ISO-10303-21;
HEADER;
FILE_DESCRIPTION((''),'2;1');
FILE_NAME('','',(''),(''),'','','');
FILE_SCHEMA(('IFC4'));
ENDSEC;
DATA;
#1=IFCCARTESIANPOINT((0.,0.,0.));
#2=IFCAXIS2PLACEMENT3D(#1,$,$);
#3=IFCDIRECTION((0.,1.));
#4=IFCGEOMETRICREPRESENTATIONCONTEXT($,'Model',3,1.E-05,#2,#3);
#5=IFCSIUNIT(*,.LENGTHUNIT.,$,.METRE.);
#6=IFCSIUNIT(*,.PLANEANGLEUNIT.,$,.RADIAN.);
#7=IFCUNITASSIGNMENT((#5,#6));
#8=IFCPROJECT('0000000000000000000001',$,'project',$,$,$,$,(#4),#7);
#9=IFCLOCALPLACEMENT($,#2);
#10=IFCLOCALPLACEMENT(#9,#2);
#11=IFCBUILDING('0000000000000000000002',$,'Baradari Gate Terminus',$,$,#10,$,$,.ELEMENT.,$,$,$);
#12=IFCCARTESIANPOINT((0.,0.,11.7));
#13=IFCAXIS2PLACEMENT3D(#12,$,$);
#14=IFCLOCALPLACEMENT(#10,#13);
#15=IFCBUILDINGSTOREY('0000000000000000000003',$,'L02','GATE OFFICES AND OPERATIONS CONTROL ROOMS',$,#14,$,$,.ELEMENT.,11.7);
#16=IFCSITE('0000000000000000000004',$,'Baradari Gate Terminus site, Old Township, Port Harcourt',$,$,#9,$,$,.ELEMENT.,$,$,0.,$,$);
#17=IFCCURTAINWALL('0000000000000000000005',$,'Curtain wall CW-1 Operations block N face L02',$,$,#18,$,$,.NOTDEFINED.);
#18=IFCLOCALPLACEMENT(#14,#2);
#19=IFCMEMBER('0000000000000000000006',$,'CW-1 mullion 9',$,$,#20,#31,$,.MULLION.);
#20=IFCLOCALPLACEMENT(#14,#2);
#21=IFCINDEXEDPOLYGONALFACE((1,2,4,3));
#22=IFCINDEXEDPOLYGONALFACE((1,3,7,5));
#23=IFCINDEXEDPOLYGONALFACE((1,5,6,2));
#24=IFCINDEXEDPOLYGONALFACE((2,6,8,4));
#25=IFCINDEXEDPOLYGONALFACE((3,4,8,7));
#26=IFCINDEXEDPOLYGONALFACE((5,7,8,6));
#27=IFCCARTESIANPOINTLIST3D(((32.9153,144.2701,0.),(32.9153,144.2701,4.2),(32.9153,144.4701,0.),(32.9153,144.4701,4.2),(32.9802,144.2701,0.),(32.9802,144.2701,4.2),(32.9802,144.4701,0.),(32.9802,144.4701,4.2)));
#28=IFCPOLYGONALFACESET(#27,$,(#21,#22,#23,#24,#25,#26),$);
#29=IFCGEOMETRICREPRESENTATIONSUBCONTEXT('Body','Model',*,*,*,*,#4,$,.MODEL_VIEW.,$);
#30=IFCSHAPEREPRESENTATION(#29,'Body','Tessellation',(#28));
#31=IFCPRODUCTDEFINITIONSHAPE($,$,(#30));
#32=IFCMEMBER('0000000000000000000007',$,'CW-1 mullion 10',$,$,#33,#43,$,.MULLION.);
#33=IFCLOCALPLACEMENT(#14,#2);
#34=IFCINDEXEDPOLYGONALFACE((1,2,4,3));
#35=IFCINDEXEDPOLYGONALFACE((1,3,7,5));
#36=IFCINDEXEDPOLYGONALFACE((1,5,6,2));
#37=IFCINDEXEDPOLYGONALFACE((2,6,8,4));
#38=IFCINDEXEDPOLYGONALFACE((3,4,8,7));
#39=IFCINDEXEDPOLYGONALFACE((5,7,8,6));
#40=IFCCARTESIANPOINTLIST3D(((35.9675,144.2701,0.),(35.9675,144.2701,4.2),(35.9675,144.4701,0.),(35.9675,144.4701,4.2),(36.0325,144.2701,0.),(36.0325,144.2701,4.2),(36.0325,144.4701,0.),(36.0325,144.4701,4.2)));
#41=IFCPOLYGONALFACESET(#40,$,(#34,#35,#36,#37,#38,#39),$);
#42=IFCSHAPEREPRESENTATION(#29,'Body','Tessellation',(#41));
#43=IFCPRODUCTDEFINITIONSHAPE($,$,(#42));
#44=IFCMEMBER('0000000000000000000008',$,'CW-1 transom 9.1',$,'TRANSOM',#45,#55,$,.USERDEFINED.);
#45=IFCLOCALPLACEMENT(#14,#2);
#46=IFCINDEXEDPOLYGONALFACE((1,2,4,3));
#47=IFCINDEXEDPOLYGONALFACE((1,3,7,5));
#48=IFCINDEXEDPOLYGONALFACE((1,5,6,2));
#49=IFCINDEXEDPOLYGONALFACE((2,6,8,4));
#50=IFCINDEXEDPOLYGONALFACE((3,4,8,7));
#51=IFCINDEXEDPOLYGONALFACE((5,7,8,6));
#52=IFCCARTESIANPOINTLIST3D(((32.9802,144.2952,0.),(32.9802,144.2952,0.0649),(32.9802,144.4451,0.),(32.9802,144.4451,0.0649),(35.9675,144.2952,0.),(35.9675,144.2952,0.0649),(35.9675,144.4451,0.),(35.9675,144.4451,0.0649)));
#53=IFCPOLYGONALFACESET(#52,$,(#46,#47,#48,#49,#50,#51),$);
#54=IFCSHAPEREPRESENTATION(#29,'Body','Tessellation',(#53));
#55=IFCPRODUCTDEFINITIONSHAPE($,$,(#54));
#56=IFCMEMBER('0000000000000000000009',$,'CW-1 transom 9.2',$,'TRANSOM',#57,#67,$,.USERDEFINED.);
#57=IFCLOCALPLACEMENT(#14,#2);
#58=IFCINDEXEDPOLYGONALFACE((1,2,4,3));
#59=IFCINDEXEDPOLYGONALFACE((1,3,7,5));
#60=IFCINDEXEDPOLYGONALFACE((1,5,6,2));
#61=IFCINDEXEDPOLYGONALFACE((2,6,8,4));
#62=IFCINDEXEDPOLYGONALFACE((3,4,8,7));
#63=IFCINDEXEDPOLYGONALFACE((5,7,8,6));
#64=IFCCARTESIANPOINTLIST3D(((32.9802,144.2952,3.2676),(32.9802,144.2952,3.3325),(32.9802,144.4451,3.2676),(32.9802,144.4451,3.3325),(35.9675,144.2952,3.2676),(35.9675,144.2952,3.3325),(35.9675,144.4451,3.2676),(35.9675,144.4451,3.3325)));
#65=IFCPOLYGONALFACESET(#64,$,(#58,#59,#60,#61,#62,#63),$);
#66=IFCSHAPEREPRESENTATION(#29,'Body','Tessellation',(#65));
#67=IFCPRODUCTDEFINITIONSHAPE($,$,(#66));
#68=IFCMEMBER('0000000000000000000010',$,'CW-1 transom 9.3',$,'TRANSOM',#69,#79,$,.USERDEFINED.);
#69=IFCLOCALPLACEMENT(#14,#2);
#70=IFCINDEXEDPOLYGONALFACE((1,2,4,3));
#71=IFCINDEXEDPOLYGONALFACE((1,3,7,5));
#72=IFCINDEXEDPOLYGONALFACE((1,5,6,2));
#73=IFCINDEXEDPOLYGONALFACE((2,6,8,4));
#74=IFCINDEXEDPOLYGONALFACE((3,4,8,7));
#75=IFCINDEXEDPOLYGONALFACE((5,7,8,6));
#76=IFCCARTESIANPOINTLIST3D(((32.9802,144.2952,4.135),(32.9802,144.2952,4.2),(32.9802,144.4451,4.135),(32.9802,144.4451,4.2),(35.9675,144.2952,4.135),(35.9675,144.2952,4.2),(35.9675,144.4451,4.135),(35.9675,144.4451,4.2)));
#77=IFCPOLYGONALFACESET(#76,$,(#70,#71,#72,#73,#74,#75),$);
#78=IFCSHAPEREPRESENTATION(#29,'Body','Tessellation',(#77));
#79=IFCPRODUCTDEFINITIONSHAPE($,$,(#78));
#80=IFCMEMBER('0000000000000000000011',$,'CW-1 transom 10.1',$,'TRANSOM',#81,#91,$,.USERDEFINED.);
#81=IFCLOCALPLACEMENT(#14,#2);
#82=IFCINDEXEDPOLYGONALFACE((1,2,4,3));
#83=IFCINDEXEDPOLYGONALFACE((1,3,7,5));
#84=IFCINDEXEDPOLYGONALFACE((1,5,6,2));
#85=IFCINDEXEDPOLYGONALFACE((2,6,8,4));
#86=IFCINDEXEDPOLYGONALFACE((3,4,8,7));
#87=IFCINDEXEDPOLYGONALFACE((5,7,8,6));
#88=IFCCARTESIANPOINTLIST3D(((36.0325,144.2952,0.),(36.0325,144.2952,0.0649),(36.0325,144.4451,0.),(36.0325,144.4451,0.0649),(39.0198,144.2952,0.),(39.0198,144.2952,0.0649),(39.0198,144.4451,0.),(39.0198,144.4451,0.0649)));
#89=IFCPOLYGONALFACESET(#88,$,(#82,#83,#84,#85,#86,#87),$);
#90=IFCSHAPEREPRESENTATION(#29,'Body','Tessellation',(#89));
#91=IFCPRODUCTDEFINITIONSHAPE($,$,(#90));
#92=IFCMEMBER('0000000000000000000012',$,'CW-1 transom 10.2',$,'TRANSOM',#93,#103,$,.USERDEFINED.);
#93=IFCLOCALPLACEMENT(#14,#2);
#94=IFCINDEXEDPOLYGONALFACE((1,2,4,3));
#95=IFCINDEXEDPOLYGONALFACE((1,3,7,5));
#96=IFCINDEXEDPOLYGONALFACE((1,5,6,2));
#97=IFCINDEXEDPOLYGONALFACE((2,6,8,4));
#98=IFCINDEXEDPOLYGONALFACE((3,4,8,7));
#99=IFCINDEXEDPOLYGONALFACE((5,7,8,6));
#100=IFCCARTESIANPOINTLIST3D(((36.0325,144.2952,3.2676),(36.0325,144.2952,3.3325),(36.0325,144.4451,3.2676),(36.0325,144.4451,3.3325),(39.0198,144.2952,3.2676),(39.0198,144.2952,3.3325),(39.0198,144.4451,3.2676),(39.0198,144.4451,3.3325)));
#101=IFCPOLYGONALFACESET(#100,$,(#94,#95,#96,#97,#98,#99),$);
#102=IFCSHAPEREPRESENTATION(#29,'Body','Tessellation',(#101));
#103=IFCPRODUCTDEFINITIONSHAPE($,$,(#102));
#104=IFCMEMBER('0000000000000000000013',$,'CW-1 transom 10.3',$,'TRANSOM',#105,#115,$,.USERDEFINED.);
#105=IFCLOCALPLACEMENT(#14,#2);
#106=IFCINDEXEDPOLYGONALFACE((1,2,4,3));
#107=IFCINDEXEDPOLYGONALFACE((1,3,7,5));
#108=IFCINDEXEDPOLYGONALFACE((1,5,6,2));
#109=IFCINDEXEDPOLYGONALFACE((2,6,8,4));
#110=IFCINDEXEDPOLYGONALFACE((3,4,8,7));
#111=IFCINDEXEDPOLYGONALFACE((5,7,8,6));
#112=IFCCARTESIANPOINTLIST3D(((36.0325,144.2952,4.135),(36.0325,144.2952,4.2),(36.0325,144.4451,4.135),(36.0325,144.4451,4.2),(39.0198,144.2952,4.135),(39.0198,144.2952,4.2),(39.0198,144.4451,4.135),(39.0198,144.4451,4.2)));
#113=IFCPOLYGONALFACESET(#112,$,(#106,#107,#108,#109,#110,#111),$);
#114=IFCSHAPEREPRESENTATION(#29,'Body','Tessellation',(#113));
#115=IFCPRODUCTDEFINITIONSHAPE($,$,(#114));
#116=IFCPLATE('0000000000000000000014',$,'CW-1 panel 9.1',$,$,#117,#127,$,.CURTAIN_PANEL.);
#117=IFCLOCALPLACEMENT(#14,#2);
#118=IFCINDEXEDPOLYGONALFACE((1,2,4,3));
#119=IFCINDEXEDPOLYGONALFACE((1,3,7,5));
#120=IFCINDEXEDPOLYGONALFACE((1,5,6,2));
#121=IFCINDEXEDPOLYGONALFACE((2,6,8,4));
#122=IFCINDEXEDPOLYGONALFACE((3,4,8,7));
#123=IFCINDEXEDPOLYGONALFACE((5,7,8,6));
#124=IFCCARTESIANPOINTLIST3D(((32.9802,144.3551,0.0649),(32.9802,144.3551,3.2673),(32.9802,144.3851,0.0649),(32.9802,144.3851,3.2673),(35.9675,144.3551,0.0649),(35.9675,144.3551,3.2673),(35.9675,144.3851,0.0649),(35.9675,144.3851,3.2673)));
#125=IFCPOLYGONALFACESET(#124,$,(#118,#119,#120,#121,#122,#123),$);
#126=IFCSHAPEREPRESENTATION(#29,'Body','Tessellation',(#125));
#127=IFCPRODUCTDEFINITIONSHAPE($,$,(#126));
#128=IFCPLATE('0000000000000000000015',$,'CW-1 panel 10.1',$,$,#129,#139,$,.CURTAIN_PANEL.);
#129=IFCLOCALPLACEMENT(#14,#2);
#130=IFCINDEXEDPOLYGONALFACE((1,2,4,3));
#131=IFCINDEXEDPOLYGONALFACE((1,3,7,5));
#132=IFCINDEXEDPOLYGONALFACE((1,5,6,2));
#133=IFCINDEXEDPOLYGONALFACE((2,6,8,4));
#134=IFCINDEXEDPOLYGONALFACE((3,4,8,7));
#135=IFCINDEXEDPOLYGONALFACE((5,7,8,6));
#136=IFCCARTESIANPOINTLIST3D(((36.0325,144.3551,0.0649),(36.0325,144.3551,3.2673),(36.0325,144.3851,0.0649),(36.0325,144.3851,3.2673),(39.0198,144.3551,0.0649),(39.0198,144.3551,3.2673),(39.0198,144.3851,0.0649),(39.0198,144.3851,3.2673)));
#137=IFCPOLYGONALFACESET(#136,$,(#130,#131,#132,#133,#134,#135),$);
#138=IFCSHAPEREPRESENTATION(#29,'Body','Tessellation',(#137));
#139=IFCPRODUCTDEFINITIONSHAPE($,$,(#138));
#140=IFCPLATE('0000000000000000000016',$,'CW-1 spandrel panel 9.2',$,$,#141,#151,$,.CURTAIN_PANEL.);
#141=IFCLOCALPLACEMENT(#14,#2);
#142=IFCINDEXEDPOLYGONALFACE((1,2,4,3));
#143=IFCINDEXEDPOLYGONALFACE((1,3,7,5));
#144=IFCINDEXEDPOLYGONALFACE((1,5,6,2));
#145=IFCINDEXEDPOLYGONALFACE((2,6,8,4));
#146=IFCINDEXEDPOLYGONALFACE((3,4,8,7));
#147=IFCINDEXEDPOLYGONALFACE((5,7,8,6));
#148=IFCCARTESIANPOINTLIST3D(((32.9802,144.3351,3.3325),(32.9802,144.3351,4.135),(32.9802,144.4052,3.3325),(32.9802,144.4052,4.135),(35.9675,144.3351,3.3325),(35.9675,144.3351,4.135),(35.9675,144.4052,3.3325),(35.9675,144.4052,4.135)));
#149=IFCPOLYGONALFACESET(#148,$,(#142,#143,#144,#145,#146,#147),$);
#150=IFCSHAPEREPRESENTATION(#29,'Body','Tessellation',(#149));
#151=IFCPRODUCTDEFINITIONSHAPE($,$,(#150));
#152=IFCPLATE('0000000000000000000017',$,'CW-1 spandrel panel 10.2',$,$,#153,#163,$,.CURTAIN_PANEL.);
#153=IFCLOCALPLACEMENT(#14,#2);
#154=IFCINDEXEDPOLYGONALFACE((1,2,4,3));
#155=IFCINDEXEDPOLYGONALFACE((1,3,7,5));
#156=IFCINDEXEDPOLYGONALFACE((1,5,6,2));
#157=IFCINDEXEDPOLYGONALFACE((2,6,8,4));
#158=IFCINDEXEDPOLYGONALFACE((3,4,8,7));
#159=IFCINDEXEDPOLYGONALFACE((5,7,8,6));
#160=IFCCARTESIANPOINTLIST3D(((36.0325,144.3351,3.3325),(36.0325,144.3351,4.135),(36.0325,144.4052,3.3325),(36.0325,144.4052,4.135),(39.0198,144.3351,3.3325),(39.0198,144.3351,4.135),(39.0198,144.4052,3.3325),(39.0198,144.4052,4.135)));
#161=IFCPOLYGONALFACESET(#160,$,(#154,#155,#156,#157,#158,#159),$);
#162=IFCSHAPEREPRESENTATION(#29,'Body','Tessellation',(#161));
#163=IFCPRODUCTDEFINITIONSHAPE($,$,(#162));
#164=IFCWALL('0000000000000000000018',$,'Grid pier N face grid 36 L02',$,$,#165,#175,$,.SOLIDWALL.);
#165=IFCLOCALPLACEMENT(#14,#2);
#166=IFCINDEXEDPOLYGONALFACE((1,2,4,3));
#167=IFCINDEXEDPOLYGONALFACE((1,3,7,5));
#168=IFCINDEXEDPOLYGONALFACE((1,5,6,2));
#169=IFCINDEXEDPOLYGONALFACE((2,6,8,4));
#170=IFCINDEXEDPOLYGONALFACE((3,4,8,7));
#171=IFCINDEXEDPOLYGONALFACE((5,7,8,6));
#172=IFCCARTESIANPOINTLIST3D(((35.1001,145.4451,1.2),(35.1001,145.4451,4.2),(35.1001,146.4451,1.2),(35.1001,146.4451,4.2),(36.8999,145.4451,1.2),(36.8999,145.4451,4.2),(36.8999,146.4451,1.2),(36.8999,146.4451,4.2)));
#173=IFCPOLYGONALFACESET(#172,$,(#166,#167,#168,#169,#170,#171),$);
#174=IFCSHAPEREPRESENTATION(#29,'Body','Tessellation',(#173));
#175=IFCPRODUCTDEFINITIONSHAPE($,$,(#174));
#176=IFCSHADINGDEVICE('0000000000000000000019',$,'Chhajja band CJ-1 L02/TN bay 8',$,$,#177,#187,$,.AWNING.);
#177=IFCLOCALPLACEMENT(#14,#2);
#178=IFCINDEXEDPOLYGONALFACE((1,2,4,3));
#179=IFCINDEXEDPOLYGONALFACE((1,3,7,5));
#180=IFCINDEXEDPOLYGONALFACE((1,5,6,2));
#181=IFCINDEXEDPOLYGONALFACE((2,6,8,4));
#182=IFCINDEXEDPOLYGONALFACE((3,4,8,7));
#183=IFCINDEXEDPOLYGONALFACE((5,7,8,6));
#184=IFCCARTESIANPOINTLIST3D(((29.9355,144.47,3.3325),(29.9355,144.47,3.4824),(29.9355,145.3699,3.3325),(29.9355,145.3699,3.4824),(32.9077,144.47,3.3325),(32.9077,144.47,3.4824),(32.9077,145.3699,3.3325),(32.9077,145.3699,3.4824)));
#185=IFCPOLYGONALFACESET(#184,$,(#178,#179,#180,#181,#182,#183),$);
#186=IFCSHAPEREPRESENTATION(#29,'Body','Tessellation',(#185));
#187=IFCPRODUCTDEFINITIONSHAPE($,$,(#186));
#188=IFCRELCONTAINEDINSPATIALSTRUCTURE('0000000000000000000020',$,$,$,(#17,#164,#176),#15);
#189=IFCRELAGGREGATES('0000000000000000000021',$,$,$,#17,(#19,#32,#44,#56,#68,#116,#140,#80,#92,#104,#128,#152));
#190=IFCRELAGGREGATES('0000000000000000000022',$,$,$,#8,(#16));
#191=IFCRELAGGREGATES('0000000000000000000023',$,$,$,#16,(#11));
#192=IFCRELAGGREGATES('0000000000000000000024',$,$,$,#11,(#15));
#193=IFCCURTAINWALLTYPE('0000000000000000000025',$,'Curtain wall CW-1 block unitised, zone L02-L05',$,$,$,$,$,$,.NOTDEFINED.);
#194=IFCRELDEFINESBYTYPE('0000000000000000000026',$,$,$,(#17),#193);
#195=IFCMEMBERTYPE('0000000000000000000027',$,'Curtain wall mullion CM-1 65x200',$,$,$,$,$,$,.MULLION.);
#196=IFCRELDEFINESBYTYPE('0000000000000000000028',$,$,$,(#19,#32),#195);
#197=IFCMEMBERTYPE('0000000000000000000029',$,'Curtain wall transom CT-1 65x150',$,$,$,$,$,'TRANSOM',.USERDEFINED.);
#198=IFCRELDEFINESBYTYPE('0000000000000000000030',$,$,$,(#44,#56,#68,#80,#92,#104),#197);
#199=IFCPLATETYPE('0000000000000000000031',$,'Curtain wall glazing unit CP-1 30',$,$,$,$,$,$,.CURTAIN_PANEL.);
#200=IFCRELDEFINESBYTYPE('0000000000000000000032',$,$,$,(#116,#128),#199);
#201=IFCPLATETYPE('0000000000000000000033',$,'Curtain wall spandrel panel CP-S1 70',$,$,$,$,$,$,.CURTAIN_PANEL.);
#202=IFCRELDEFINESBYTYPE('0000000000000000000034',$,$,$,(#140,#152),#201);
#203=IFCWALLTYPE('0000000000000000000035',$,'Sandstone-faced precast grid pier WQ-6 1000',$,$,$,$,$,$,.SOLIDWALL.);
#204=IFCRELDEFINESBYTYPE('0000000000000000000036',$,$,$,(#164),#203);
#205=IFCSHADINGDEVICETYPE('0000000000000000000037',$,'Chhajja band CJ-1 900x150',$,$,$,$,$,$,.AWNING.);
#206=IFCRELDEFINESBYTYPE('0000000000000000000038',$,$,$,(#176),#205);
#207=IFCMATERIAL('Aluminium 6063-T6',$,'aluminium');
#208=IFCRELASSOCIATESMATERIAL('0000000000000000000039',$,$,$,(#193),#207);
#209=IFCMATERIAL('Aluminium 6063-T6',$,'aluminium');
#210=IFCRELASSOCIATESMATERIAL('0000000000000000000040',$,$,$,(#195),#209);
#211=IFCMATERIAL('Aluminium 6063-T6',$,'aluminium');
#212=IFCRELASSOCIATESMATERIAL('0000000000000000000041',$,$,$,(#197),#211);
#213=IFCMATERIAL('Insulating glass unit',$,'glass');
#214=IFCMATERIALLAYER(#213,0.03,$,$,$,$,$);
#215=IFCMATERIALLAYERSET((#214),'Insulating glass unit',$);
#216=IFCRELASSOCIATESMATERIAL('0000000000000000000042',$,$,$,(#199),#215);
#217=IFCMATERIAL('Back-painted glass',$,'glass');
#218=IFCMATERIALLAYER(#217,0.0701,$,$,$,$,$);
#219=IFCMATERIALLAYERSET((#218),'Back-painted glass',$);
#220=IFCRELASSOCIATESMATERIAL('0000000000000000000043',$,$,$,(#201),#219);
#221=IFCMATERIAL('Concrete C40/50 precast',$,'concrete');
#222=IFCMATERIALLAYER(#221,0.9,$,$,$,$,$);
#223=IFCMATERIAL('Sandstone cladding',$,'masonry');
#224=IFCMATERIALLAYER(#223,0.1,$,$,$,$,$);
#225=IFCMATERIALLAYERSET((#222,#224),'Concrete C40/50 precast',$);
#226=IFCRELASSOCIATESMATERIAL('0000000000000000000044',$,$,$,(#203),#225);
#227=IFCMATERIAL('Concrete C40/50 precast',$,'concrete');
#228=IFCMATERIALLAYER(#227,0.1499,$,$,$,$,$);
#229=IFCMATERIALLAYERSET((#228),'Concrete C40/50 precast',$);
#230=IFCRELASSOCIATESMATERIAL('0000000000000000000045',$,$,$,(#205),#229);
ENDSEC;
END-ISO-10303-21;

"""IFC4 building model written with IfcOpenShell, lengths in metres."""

from ifc_helpers import new_model, si_unit, direction, frame, frame_2d, origin, origin_2d, place, context, subcontext, project, spatial, rectangle, extrude, material, layer, layer_set, material_profile, profile_set, type_object, element, aggregate, save


model = new_model("IFC4")

# Units and contexts
model_context = context("Model", 3, precision=1e-05, world=origin(), true_north=direction((0.0, 1.0)))
body_context = subcontext(model_context, "Body", "Model", "MODEL_VIEW")
ifc_project = project(units=[si_unit("LENGTHUNIT", "METRE"), si_unit("PLANEANGLEUNIT", "RADIAN")], contexts=[model_context])

# Site, building, storey
site_placement = place(None, origin())
site = spatial("IfcSite", under=ifc_project, at=site_placement, Name="Baradari Gate Terminus site, Old Township, Port Harcourt", CompositionType="ELEMENT", RefElevation=0.0)
building_placement = place(site_placement, origin())
building = spatial("IfcBuilding", under=site, at=building_placement, Name="Baradari Gate Terminus", CompositionType="ELEMENT")
storey_placement = place(building_placement, frame((0.0, 0.0, 11.7)))
storey = spatial("IfcBuildingStorey", under=building, at=storey_placement, Name="L02", Description="GATE OFFICES AND OPERATIONS CONTROL ROOMS", CompositionType="ELEMENT", Elevation=11.7)

# Curtain wall, members, plates
ifc_material_1 = material(Name="Aluminium 6063-T6", Category="aluminium")
curtain_wall_type = type_object("IfcCurtainWallType", Name="Curtain wall CW-1 block unitised, zone L02-L05", PredefinedType="NOTDEFINED", material=ifc_material_1)
curtain_wall_placement = place(storey_placement, origin())
curtain_wall = element("IfcCurtainWall", 1, at=curtain_wall_placement, inside=storey, type_object=curtain_wall_type, Name="Curtain wall CW-1 Operations block N face L02", PredefinedType="NOTDEFINED")
ifc_material_2 = material(Name="Aluminium 6063-T6", Category="aluminium")
ifc_material_profile_1 = material_profile(ifc_material_2, rectangle(XDim=0.2, YDim=0.0649, at=origin_2d()), Name="CM-1 65X200")
ifc_profile_set_1 = profile_set([ifc_material_profile_1], Name="Aluminium 6063-T6")
member_type_1 = type_object("IfcMemberType", Name="Curtain wall mullion CM-1 65x200", PredefinedType="MULLION", material=ifc_profile_set_1)
member_1_placement = place(storey_placement, frame((32.9478, 144.3701, 0.0), z_axis=(0.0, 0.0, 1.0), x_axis=(0.0, 1.0, 0.0)))
member_1 = element("IfcMember", 2, at=member_1_placement, type_object=member_type_1, Name="CW-1 mullion 9", PredefinedType="MULLION", context=body_context, shape_type="SweptSolid", body=[
    extrude(rectangle(XDim=0.2, YDim=0.0649, at=origin_2d()), origin(), (0.0, 0.0, 1.0), 4.2),
])
member_2_placement = place(storey_placement, frame((36.0, 144.3701, 0.0), z_axis=(0.0, 0.0, 1.0), x_axis=(0.0, 1.0, 0.0)))
member_2 = element("IfcMember", 3, at=member_2_placement, type_object=member_type_1, Name="CW-1 mullion 10", PredefinedType="MULLION", context=body_context, shape_type="SweptSolid", body=[
    extrude(rectangle(XDim=0.2, YDim=0.0649, at=origin_2d()), origin(), (0.0, 0.0, 1.0), 4.2),
])
ifc_material_3 = material(Name="Aluminium 6063-T6", Category="aluminium")
ifc_material_profile_2 = material_profile(ifc_material_3, rectangle(XDim=0.1499, YDim=0.0649, at=origin_2d()), Name="CT-1 65X150")
ifc_profile_set_2 = profile_set([ifc_material_profile_2], Name="Aluminium 6063-T6")
member_type_2 = type_object("IfcMemberType", Name="Curtain wall transom CT-1 65x150", ElementType="TRANSOM", PredefinedType="USERDEFINED", material=ifc_profile_set_2)
member_3_placement = place(storey_placement, frame((32.9802, 144.3701, 0.0325), z_axis=(1.0, 0.0, 0.0), x_axis=(0.0, 1.0, 0.0)))
member_3 = element("IfcMember", 4, at=member_3_placement, type_object=member_type_2, Name="CW-1 transom 9.1", ObjectType="TRANSOM", PredefinedType="USERDEFINED", context=body_context, shape_type="SweptSolid", body=[
    extrude(rectangle(XDim=0.1499, YDim=0.0649, at=origin_2d()), origin(), (0.0, 0.0, 1.0), 2.9873),
])
member_4_placement = place(storey_placement, frame((32.9802, 144.3701, 3.3), z_axis=(1.0, 0.0, 0.0), x_axis=(0.0, 1.0, 0.0)))
member_4 = element("IfcMember", 5, at=member_4_placement, type_object=member_type_2, Name="CW-1 transom 9.2", ObjectType="TRANSOM", PredefinedType="USERDEFINED", context=body_context, shape_type="SweptSolid", body=[
    extrude(rectangle(XDim=0.1499, YDim=0.0649, at=origin_2d()), origin(), (0.0, 0.0, 1.0), 2.9873),
])
member_5_placement = place(storey_placement, frame((32.9802, 144.3701, 4.1675), z_axis=(1.0, 0.0, 0.0), x_axis=(0.0, 1.0, 0.0)))
member_5 = element("IfcMember", 6, at=member_5_placement, type_object=member_type_2, Name="CW-1 transom 9.3", ObjectType="TRANSOM", PredefinedType="USERDEFINED", context=body_context, shape_type="SweptSolid", body=[
    extrude(rectangle(XDim=0.1499, YDim=0.0649, at=origin_2d()), origin(), (0.0, 0.0, 1.0), 2.9873),
])
member_6_placement = place(storey_placement, frame((36.0325, 144.3701, 0.0325), z_axis=(1.0, 0.0, 0.0), x_axis=(0.0, 1.0, 0.0)))
member_6 = element("IfcMember", 7, at=member_6_placement, type_object=member_type_2, Name="CW-1 transom 10.1", ObjectType="TRANSOM", PredefinedType="USERDEFINED", context=body_context, shape_type="SweptSolid", body=[
    extrude(rectangle(XDim=0.1499, YDim=0.0649, at=origin_2d()), origin(), (0.0, 0.0, 1.0), 2.9873),
])
member_7_placement = place(storey_placement, frame((36.0325, 144.3701, 3.3), z_axis=(1.0, 0.0, 0.0), x_axis=(0.0, 1.0, 0.0)))
member_7 = element("IfcMember", 8, at=member_7_placement, type_object=member_type_2, Name="CW-1 transom 10.2", ObjectType="TRANSOM", PredefinedType="USERDEFINED", context=body_context, shape_type="SweptSolid", body=[
    extrude(rectangle(XDim=0.1499, YDim=0.0649, at=origin_2d()), origin(), (0.0, 0.0, 1.0), 2.9873),
])
member_8_placement = place(storey_placement, frame((36.0325, 144.3701, 4.1675), z_axis=(1.0, 0.0, 0.0), x_axis=(0.0, 1.0, 0.0)))
member_8 = element("IfcMember", 9, at=member_8_placement, type_object=member_type_2, Name="CW-1 transom 10.3", ObjectType="TRANSOM", PredefinedType="USERDEFINED", context=body_context, shape_type="SweptSolid", body=[
    extrude(rectangle(XDim=0.1499, YDim=0.0649, at=origin_2d()), origin(), (0.0, 0.0, 1.0), 2.9873),
])
ifc_material_4 = material(Name="Insulating glass unit", Category="glass")
ifc_layer_1 = layer(ifc_material_4, 0.03)
ifc_layer_set_1 = layer_set([ifc_layer_1], Name="Insulating glass unit")
plate_type_1 = type_object("IfcPlateType", Name="Curtain wall glazing unit CP-1 30", PredefinedType="CURTAIN_PANEL", material=ifc_layer_set_1)
plate_1_placement = place(storey_placement, frame((34.4739, 144.3701, 0.0649), z_axis=(0.0, 0.0, 1.0), x_axis=(1.0, 0.0, 0.0)))
plate_1 = element("IfcPlate", 10, at=plate_1_placement, type_object=plate_type_1, Name="CW-1 panel 9.1", PredefinedType="CURTAIN_PANEL", context=body_context, shape_type="SweptSolid", body=[
    extrude(rectangle(XDim=2.9873, YDim=0.03, at=origin_2d()), origin(), (0.0, 0.0, 1.0), 3.2024),
])
plate_2_placement = place(storey_placement, frame((37.5261, 144.3701, 0.0649), z_axis=(0.0, 0.0, 1.0), x_axis=(1.0, 0.0, 0.0)))
plate_2 = element("IfcPlate", 11, at=plate_2_placement, type_object=plate_type_1, Name="CW-1 panel 10.1", PredefinedType="CURTAIN_PANEL", context=body_context, shape_type="SweptSolid", body=[
    extrude(rectangle(XDim=2.9873, YDim=0.03, at=origin_2d()), origin(), (0.0, 0.0, 1.0), 3.2024),
])
ifc_material_5 = material(Name="Back-painted glass", Category="glass")
ifc_layer_2 = layer(ifc_material_5, 0.0701)
ifc_layer_set_2 = layer_set([ifc_layer_2], Name="Back-painted glass")
plate_type_2 = type_object("IfcPlateType", Name="Curtain wall spandrel panel CP-S1 70", PredefinedType="CURTAIN_PANEL", material=ifc_layer_set_2)
plate_3_placement = place(storey_placement, frame((34.4739, 144.3701, 3.3325), z_axis=(0.0, 0.0, 1.0), x_axis=(1.0, 0.0, 0.0)))
plate_3 = element("IfcPlate", 12, at=plate_3_placement, type_object=plate_type_2, Name="CW-1 spandrel panel 9.2", PredefinedType="CURTAIN_PANEL", context=body_context, shape_type="SweptSolid", body=[
    extrude(rectangle(XDim=2.9873, YDim=0.0701, at=origin_2d()), origin(), (0.0, 0.0, 1.0), 0.8025),
])
plate_4_placement = place(storey_placement, frame((37.5261, 144.3701, 3.3325), z_axis=(0.0, 0.0, 1.0), x_axis=(1.0, 0.0, 0.0)))
plate_4 = element("IfcPlate", 13, at=plate_4_placement, type_object=plate_type_2, Name="CW-1 spandrel panel 10.2", PredefinedType="CURTAIN_PANEL", context=body_context, shape_type="SweptSolid", body=[
    extrude(rectangle(XDim=2.9873, YDim=0.0701, at=origin_2d()), origin(), (0.0, 0.0, 1.0), 0.8025),
])
aggregate(curtain_wall, [member_1, member_2, member_3, member_4, member_5, plate_1, plate_3, member_6, member_7, member_8, plate_2, plate_4])

# Wall
ifc_material_6 = material(Name="Concrete C40/50 precast", Category="concrete")
ifc_layer_3 = layer(ifc_material_6, 0.9)
ifc_material_7 = material(Name="Sandstone cladding", Category="masonry")
ifc_layer_4 = layer(ifc_material_7, 0.1)
ifc_layer_set_3 = layer_set([ifc_layer_3, ifc_layer_4], Name="Concrete C40/50 precast")
wall_type = type_object("IfcWallType", Name="Sandstone-faced precast grid pier WQ-6 1000", PredefinedType="SOLIDWALL", material=ifc_layer_set_3)
wall_placement = place(storey_placement, frame((35.1001, 145.9451, 1.2), z_axis=(0.0, 0.0, 1.0), x_axis=(1.0, 0.0, 0.0)))
element("IfcWall", 14, at=wall_placement, inside=storey, type_object=wall_type, Name="Grid pier N face grid 36 L02", PredefinedType="SOLIDWALL", context=body_context, shape_type="SweptSolid", body=[
    extrude(rectangle(XDim=1.7998, YDim=1.0, at=frame_2d((0.8999, 0.0))), origin(), (0.0, 0.0, 1.0), 3.0),
])

# Shading device
ifc_material_8 = material(Name="Concrete C40/50 precast", Category="concrete")
ifc_layer_5 = layer(ifc_material_8, 0.1499)
ifc_layer_set_4 = layer_set([ifc_layer_5], Name="Concrete C40/50 precast")
shading_device_type_1 = type_object("IfcShadingDeviceType", Name="Chhajja band CJ-1 900x150", PredefinedType="AWNING", material=ifc_layer_set_4)
shading_device_1_placement = place(storey_placement, frame((31.4216, 144.9199, 3.3325), z_axis=(0.0, 0.0, 1.0), x_axis=(1.0, 0.0, 0.0)))
element("IfcShadingDevice", 15, at=shading_device_1_placement, inside=storey, type_object=shading_device_type_1, Name="Chhajja band CJ-1 L02/TN bay 8", PredefinedType="AWNING", context=body_context, shape_type="SweptSolid", body=[
    extrude(rectangle(XDim=2.9722, YDim=0.8999, at=origin_2d()), origin(), (0.0, 0.0, 1.0), 0.1499),
])

save(model, "model.ifc")
